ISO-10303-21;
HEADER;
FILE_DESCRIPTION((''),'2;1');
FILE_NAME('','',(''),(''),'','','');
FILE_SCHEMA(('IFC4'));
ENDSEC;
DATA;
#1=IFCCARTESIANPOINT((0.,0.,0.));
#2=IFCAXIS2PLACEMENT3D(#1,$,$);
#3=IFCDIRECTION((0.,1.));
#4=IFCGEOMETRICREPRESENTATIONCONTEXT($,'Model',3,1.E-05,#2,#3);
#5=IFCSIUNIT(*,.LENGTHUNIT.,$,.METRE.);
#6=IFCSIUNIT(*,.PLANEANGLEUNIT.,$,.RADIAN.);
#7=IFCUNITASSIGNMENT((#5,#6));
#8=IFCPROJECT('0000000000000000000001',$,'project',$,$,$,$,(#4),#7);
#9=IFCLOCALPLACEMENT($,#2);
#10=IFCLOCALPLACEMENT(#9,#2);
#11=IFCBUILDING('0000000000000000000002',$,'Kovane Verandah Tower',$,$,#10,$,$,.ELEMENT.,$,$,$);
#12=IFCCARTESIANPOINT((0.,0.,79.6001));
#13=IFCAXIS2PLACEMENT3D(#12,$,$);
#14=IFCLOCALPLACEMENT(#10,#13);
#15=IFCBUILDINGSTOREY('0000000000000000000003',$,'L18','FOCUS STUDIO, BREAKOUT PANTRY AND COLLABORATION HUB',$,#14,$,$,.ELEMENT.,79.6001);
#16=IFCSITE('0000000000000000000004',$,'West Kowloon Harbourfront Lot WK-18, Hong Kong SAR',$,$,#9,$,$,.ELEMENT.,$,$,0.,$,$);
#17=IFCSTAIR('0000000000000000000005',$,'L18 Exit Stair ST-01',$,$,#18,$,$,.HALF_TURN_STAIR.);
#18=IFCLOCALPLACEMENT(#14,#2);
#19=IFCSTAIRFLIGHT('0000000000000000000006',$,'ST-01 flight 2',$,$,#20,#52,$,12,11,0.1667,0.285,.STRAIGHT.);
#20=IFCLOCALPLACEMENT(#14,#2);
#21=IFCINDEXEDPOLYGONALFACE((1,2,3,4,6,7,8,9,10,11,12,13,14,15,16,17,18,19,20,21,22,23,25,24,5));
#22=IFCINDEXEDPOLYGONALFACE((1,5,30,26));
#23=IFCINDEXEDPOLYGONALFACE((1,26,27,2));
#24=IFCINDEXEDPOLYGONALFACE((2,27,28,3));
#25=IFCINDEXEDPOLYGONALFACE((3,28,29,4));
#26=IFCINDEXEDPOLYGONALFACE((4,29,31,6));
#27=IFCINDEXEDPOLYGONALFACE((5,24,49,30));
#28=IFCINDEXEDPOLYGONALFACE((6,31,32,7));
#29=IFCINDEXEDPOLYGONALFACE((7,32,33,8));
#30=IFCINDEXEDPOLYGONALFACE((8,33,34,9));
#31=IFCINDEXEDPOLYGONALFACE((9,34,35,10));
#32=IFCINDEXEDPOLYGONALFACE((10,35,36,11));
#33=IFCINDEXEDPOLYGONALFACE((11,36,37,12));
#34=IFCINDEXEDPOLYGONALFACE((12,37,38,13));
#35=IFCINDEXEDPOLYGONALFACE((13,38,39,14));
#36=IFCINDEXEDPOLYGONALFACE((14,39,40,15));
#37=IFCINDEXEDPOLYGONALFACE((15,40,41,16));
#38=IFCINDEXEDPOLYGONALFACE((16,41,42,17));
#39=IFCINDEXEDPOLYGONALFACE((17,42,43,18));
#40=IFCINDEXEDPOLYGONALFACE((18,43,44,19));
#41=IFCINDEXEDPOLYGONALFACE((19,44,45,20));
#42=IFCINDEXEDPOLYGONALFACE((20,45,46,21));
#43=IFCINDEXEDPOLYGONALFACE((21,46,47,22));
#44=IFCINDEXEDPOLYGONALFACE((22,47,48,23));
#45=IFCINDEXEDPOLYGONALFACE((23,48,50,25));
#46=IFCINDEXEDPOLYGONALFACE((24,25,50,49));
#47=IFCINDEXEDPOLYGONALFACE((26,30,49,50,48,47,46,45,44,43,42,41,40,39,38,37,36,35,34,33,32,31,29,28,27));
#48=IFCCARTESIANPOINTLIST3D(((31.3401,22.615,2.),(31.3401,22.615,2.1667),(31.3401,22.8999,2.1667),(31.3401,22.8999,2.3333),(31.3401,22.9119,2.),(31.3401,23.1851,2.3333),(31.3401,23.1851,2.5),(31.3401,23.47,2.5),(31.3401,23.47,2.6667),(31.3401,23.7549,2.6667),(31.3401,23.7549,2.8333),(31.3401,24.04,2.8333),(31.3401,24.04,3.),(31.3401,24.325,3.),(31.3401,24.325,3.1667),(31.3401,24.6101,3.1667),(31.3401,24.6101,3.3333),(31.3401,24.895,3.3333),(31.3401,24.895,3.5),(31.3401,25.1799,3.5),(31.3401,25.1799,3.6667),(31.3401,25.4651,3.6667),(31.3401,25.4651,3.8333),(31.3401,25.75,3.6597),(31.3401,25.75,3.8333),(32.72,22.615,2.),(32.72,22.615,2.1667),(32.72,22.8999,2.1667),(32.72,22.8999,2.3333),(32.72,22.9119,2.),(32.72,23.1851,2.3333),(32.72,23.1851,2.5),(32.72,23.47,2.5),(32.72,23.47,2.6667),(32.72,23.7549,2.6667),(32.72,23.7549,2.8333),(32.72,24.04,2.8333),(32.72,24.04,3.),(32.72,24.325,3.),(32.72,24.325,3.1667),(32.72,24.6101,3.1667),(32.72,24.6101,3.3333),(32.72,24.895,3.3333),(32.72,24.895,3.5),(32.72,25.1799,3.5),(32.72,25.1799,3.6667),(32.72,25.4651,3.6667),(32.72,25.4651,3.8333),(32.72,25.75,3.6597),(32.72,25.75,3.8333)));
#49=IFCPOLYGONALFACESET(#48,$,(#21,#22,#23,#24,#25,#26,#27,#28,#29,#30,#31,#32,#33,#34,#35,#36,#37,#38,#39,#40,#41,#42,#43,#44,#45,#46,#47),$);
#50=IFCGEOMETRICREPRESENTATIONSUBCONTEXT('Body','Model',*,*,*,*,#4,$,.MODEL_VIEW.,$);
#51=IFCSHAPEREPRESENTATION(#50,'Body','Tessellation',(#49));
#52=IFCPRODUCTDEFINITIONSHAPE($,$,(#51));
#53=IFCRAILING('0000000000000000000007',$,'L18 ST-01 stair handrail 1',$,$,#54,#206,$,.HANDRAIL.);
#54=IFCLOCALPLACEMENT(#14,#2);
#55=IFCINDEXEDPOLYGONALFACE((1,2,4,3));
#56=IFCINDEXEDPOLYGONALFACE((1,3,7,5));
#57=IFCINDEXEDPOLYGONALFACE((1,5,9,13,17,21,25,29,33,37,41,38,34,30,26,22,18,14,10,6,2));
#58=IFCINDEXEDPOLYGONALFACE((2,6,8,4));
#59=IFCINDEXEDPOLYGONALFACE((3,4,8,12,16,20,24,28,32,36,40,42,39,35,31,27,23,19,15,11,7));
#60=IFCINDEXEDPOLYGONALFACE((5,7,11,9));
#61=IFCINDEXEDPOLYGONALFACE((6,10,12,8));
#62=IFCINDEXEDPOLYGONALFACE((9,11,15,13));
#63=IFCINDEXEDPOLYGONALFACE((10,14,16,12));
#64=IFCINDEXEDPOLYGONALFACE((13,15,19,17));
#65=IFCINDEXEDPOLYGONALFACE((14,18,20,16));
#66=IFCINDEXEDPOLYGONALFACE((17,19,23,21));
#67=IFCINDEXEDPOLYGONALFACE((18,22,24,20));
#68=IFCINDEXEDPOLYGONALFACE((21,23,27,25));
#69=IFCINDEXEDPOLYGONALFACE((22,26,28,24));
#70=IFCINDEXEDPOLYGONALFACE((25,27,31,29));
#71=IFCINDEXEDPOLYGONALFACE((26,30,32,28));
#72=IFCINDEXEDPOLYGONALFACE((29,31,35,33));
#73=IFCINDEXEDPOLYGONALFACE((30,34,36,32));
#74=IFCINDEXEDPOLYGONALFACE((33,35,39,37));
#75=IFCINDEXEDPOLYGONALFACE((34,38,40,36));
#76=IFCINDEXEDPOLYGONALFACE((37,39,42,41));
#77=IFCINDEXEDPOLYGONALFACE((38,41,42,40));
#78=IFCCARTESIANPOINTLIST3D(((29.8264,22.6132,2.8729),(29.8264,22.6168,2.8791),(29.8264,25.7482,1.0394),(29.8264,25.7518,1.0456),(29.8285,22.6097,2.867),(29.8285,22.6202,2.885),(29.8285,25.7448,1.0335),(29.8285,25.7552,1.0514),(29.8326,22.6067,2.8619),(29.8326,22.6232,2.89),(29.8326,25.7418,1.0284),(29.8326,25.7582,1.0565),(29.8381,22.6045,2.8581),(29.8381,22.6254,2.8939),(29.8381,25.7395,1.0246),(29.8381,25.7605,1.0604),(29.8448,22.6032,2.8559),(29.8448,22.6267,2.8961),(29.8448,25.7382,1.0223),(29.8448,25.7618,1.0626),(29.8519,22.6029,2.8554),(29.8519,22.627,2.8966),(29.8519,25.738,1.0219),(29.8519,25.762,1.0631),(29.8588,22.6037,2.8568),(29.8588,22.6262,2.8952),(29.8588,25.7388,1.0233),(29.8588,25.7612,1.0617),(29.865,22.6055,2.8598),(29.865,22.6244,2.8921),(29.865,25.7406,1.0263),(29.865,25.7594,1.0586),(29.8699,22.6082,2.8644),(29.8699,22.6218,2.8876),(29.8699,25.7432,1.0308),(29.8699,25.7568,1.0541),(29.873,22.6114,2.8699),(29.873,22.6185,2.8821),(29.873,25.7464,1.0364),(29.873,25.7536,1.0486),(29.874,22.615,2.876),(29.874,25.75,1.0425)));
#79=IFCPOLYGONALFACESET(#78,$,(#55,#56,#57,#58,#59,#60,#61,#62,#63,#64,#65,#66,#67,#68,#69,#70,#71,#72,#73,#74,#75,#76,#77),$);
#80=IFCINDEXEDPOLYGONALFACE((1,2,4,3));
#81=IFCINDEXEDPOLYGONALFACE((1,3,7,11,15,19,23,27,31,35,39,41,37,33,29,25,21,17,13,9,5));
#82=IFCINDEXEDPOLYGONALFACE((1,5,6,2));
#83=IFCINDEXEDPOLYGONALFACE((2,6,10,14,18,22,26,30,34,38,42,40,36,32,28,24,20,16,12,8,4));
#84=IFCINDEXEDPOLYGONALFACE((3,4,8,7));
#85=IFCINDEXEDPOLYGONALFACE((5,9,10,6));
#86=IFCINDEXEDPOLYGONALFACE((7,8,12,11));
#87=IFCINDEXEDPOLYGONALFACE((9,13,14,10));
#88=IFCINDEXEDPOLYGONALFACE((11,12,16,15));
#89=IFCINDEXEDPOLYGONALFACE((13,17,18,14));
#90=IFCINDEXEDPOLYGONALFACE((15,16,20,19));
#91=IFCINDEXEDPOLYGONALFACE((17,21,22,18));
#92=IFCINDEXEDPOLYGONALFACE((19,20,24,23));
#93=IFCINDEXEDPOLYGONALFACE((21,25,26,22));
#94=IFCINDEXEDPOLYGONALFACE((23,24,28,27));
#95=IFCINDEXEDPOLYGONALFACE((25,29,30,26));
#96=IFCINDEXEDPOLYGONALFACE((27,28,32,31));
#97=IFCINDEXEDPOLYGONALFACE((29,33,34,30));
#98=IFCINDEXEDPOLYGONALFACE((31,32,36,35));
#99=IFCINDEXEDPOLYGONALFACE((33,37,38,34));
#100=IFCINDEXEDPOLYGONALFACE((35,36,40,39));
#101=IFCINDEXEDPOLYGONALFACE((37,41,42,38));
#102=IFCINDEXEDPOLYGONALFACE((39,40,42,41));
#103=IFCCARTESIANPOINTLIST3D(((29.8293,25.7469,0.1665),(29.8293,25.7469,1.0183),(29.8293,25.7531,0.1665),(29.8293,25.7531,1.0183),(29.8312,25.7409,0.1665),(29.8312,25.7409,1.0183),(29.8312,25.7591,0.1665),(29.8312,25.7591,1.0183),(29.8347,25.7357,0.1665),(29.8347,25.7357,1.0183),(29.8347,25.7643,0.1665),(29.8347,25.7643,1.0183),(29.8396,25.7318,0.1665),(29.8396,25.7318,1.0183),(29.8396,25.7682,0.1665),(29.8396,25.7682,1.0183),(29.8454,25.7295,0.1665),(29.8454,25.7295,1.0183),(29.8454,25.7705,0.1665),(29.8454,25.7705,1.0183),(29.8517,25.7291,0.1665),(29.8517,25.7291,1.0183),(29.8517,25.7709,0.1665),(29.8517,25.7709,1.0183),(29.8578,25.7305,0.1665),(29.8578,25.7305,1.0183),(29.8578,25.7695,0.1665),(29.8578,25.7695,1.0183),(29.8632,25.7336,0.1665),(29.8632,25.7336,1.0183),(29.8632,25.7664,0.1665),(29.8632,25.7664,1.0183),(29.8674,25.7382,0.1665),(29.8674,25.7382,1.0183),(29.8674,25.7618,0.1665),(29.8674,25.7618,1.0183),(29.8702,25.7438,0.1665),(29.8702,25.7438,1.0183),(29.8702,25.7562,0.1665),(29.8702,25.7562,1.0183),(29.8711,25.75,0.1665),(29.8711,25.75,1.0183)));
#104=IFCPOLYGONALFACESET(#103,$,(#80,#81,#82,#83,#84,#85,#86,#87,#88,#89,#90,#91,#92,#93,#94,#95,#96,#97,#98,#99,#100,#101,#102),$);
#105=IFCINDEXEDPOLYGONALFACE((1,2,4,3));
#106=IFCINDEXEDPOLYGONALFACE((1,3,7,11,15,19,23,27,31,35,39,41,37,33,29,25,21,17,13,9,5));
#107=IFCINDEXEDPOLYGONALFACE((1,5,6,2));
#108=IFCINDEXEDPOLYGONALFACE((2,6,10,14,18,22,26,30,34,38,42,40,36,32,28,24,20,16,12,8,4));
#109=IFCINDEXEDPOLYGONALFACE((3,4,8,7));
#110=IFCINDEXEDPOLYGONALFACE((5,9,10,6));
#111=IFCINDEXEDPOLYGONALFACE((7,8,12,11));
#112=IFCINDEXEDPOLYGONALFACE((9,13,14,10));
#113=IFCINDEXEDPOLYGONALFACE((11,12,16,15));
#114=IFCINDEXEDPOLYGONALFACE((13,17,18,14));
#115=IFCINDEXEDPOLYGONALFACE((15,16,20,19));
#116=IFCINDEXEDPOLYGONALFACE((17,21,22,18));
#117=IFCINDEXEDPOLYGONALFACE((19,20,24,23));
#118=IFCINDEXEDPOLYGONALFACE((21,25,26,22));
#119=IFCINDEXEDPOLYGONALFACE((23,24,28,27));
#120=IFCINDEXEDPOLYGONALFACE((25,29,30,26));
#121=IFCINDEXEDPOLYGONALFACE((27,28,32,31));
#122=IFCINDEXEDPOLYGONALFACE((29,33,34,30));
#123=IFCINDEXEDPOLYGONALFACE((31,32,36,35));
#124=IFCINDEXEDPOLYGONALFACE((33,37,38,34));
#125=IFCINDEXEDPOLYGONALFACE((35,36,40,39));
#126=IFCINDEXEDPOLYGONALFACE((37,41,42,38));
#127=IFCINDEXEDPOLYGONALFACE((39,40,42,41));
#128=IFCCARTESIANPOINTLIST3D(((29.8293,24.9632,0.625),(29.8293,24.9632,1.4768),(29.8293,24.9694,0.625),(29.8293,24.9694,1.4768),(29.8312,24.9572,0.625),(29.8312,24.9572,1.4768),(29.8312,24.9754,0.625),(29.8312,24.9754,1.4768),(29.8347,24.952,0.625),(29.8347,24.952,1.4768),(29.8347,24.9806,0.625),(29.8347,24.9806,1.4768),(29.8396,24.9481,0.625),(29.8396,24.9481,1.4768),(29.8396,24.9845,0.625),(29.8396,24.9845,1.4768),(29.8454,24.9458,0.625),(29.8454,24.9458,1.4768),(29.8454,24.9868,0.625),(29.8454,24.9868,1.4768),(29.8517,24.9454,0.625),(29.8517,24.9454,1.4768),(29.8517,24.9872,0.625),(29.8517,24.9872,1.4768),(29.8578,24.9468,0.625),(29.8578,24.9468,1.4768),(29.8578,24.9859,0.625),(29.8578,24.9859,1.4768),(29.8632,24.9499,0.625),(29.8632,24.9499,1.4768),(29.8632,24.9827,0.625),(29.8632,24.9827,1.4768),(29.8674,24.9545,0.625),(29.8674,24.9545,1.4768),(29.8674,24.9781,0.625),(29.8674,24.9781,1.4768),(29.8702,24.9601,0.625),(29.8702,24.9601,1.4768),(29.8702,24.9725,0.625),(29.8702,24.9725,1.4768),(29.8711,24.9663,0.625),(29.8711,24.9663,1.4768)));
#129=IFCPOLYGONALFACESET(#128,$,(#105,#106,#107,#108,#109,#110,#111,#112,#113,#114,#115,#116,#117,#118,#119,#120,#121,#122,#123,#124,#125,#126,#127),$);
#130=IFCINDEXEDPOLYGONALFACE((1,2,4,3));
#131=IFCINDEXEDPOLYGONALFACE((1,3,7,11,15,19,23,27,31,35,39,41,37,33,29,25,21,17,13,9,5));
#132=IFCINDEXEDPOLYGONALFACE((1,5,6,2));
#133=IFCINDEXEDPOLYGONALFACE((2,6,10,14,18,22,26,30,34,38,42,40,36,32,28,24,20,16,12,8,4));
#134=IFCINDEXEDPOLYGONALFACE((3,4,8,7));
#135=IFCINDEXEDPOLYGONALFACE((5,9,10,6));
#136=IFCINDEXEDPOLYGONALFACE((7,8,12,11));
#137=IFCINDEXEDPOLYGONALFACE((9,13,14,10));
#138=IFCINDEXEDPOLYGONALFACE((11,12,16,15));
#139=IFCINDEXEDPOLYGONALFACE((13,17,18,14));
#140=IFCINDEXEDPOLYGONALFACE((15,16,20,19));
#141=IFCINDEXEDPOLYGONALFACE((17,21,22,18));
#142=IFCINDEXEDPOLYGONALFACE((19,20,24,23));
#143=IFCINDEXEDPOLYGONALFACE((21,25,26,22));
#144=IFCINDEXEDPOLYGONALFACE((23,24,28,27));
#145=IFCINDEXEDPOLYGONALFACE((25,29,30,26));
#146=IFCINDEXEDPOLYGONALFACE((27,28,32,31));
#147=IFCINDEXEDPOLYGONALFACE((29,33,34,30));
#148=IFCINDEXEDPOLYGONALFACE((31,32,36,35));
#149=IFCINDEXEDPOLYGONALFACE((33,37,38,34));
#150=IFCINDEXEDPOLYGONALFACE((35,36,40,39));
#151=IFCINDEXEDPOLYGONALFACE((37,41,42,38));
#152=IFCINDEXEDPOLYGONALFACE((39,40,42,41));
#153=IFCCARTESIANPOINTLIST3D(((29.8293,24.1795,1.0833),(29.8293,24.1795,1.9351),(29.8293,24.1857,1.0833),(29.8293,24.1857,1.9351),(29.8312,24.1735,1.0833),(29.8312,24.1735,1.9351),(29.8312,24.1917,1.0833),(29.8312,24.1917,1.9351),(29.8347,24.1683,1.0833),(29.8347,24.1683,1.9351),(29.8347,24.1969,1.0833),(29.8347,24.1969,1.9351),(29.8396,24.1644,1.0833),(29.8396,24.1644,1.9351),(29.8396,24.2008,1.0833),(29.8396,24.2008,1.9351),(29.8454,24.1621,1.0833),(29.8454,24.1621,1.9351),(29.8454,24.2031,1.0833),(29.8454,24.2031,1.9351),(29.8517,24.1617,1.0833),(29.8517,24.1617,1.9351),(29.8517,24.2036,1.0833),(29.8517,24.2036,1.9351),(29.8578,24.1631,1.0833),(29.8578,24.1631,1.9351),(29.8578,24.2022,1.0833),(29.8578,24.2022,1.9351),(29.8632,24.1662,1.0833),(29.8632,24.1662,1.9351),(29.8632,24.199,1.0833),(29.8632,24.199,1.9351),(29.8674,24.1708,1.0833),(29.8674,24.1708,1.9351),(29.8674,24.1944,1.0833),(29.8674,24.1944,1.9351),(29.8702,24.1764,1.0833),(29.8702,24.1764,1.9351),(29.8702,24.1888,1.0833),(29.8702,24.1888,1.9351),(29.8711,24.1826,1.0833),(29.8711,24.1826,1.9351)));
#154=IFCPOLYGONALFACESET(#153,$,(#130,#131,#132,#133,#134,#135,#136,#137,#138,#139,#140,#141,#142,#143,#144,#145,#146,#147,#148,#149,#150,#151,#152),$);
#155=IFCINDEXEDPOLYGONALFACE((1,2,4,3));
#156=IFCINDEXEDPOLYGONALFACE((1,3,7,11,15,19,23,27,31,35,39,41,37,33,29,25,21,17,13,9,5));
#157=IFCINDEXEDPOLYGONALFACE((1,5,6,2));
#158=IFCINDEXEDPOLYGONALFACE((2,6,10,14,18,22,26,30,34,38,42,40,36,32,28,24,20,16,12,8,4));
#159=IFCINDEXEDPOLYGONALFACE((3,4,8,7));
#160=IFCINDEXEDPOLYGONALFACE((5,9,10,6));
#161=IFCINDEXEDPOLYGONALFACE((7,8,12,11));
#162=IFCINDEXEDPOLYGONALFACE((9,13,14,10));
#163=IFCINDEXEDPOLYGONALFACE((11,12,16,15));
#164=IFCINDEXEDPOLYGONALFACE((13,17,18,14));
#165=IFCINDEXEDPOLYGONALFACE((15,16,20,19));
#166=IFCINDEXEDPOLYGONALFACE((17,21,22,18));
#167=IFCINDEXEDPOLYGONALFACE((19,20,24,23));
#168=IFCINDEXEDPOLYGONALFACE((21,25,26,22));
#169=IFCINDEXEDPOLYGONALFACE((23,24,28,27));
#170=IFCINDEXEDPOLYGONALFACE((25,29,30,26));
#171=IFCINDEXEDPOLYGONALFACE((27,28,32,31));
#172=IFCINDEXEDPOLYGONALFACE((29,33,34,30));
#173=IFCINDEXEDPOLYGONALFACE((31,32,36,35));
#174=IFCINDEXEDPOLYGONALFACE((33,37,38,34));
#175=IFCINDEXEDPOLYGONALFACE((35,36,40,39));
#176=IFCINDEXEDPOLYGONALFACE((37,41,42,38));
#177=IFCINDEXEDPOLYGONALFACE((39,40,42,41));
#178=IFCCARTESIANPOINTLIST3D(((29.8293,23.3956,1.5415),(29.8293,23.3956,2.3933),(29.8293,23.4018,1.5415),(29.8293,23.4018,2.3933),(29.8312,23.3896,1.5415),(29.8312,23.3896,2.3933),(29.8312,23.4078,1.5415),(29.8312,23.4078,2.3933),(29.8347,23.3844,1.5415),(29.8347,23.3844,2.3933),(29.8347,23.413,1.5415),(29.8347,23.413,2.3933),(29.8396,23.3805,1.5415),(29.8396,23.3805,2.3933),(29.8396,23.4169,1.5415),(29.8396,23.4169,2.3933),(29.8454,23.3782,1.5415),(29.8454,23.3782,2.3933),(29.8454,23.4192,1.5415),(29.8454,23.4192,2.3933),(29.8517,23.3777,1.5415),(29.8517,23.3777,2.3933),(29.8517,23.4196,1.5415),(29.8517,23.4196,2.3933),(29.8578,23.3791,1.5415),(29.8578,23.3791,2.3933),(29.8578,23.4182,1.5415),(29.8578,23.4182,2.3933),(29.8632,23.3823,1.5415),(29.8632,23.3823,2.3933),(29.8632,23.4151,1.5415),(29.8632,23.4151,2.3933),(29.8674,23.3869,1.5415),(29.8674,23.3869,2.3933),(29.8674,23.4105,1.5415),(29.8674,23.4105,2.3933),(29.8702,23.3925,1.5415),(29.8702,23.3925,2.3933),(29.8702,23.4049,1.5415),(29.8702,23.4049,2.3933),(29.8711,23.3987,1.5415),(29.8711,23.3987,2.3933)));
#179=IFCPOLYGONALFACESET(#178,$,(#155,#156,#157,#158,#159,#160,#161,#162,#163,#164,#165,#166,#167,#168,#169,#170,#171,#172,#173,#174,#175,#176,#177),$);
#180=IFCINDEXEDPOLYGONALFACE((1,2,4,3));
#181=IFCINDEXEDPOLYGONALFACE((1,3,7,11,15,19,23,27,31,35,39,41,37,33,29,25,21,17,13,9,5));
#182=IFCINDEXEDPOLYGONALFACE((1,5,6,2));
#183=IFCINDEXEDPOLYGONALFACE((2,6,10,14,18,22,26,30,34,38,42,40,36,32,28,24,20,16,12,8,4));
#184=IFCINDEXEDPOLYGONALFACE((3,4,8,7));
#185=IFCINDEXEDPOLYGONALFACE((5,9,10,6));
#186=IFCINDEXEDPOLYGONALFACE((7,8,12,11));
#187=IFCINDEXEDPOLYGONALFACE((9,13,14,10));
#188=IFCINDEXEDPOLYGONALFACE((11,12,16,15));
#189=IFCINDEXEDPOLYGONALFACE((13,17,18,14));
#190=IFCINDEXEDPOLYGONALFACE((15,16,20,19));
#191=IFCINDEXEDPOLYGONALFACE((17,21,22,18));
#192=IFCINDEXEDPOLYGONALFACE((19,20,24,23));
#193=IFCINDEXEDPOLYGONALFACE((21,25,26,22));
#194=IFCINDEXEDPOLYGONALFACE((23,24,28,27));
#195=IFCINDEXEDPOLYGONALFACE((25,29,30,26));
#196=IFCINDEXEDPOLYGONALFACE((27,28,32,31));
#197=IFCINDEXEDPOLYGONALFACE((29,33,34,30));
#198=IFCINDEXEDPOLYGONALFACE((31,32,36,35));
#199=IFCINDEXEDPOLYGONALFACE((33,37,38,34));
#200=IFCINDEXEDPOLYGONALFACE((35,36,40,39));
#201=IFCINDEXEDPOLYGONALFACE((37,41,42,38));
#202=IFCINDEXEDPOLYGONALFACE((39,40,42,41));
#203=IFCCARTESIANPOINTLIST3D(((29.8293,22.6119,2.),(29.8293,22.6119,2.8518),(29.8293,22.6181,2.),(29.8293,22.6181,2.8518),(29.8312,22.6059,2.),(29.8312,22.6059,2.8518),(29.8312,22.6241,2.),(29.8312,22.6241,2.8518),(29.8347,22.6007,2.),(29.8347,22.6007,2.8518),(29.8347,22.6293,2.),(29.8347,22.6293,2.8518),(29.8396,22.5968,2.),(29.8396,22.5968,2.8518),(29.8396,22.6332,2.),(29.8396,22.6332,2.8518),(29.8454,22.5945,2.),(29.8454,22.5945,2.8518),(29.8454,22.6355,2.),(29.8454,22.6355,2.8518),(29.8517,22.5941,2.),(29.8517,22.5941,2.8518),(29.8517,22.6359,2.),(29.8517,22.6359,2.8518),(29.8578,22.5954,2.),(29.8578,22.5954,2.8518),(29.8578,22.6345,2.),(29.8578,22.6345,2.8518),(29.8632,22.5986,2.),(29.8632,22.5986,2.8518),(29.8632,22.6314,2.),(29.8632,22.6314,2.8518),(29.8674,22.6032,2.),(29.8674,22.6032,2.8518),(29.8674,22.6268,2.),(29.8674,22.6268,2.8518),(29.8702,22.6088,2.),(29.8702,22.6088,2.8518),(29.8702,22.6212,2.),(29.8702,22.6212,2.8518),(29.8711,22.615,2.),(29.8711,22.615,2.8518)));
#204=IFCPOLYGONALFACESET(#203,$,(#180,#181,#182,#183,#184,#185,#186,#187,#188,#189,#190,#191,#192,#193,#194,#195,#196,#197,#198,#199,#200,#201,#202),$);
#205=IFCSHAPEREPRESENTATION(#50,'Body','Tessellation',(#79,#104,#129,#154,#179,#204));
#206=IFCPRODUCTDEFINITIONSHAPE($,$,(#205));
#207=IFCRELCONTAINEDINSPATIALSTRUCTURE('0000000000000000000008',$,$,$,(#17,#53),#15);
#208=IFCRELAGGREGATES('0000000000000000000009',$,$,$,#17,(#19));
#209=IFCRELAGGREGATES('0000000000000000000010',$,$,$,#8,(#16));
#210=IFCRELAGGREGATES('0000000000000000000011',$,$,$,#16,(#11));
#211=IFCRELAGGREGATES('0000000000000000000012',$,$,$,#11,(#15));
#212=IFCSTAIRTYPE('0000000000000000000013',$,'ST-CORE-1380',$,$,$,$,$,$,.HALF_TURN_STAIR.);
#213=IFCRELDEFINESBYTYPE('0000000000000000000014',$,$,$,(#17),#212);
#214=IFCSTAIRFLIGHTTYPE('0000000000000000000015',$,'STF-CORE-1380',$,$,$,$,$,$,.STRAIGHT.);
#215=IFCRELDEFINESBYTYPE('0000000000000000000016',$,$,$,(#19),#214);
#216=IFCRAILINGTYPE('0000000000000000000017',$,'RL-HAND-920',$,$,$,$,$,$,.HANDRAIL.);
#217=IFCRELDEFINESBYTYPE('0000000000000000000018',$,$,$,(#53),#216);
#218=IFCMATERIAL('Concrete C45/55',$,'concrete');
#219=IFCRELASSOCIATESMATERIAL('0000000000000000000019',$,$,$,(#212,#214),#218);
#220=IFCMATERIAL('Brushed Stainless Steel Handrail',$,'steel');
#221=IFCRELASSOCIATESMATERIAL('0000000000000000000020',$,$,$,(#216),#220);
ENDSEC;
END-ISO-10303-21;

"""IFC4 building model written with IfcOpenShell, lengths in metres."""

from ifc_helpers import new_model, si_unit, direction, frame, origin, origin_2d, place, context, subcontext, project, spatial, polyline, circle, outline, extrude, material, type_object, element, aggregate, save


model = new_model("IFC4")

# Units and contexts
model_context = context("Model", 3, precision=1e-05, world=origin(), true_north=direction((0.0, 1.0)))
body_context = subcontext(model_context, "Body", "Model", "MODEL_VIEW")
ifc_project = project(units=[si_unit("LENGTHUNIT", "METRE"), si_unit("PLANEANGLEUNIT", "RADIAN")], contexts=[model_context])

# Site, building, storey
site_placement = place(None, origin())
site = spatial("IfcSite", under=ifc_project, at=site_placement, Name="West Kowloon Harbourfront Lot WK-18, Hong Kong SAR", CompositionType="ELEMENT", RefElevation=0.0)
building_placement = place(site_placement, origin())
building = spatial("IfcBuilding", under=site, at=building_placement, Name="Kovane Verandah Tower", CompositionType="ELEMENT")
storey_placement = place(building_placement, frame((0.0, 0.0, 79.6001)))
storey = spatial("IfcBuildingStorey", under=building, at=storey_placement, Name="L18", Description="FOCUS STUDIO, BREAKOUT PANTRY AND COLLABORATION HUB", CompositionType="ELEMENT", Elevation=79.6001)

# Shared definitions
ifc_material_1 = material(Name="Concrete C45/55", Category="concrete")

# Stair, stair flight
stair_type = type_object("IfcStairType", Name="ST-CORE-1380", PredefinedType="HALF_TURN_STAIR", material=ifc_material_1)
stair_placement = place(storey_placement, origin())
stair = element("IfcStair", 1, at=stair_placement, inside=storey, type_object=stair_type, Name="L18 Exit Stair ST-01", PredefinedType="HALF_TURN_STAIR")
stair_flight_type = type_object("IfcStairFlightType", Name="STF-CORE-1380", PredefinedType="STRAIGHT", material=ifc_material_1)
stair_flight_1_placement = place(storey_placement, frame((32.03, 22.615, 2.0), z_axis=(0.0, 0.0, 1.0), x_axis=(0.0, 1.0, 0.0)))
stair_flight_1 = element("IfcStairFlight", 2, at=stair_flight_1_placement, type_object=stair_flight_type, Name="ST-01 flight 2", NumberOfRisers=12, NumberOfTreads=11, PredefinedType="STRAIGHT", RiserHeight=0.1667, TreadLength=0.285, context=body_context, shape_type="SweptSolid", body=[
    extrude(outline(polyline([(0.0, 0.0), (0.0, 0.1667), (0.2849, 0.1667), (0.2849, 0.3333), (0.5701, 0.3333), (0.5701, 0.5), (0.855, 0.5), (0.855, 0.6667), (1.1399, 0.6667), (1.1399, 0.8333), (1.425, 0.8333), (1.425, 1.0), (1.71, 1.0), (1.71, 1.1667), (1.9951, 1.1667), (1.9951, 1.3333), (2.28, 1.3333), (2.28, 1.5), (2.5649, 1.5), (2.5649, 1.6667), (2.8501, 1.6667), (2.8501, 1.8333), (3.135, 1.8333), (3.135, 2.0), (3.135, 1.6597), (0.2969, 0.0), (0.0, 0.0)])), frame((0.0, 0.6899, 0.0), z_axis=(0.0, -1.0, 0.0), x_axis=(1.0, 0.0, 0.0)), (0.0, 0.0, 1.0), 1.3799),
])
aggregate(stair, [stair_flight_1])

# Railing
ifc_material_2 = material(Name="Brushed Stainless Steel Handrail", Category="steel")
railing_type_1 = type_object("IfcRailingType", Name="RL-HAND-920", PredefinedType="HANDRAIL", material=ifc_material_2)
railing_1_placement = place(storey_placement, frame((29.8501, 25.75, 0.1665)))
element("IfcRailing", 3, at=railing_1_placement, inside=storey, type_object=railing_type_1, Name="L18 ST-01 stair handrail 1", PredefinedType="HANDRAIL", context=body_context, shape_type="SweptSolid", body=[
    extrude(circle(Radius=0.0239, at=origin_2d()), frame((0.0, 0.0, 0.876), z_axis=(0.0, -0.86321, 0.504845), x_axis=(1.0, 0.0, 0.0)), (0.0, 0.0, 1.0), 3.6318),
    extrude(circle(Radius=0.021, at=origin_2d()), origin(), (0.0, 0.0, 1.0), 0.8518),
    extrude(circle(Radius=0.021, at=origin_2d()), frame((0.0, -0.7837, 0.4585)), (0.0, 0.0, 1.0), 0.8518),
    extrude(circle(Radius=0.021, at=origin_2d()), frame((0.0, -1.5674, 0.9167)), (0.0, 0.0, 1.0), 0.8518),
    extrude(circle(Radius=0.021, at=origin_2d()), frame((0.0, -2.3513, 1.375)), (0.0, 0.0, 1.0), 0.8518),
    extrude(circle(Radius=0.021, at=origin_2d()), frame((0.0, -3.135, 1.8335)), (0.0, 0.0, 1.0), 0.8518),
])

save(model, "model.ifc")
